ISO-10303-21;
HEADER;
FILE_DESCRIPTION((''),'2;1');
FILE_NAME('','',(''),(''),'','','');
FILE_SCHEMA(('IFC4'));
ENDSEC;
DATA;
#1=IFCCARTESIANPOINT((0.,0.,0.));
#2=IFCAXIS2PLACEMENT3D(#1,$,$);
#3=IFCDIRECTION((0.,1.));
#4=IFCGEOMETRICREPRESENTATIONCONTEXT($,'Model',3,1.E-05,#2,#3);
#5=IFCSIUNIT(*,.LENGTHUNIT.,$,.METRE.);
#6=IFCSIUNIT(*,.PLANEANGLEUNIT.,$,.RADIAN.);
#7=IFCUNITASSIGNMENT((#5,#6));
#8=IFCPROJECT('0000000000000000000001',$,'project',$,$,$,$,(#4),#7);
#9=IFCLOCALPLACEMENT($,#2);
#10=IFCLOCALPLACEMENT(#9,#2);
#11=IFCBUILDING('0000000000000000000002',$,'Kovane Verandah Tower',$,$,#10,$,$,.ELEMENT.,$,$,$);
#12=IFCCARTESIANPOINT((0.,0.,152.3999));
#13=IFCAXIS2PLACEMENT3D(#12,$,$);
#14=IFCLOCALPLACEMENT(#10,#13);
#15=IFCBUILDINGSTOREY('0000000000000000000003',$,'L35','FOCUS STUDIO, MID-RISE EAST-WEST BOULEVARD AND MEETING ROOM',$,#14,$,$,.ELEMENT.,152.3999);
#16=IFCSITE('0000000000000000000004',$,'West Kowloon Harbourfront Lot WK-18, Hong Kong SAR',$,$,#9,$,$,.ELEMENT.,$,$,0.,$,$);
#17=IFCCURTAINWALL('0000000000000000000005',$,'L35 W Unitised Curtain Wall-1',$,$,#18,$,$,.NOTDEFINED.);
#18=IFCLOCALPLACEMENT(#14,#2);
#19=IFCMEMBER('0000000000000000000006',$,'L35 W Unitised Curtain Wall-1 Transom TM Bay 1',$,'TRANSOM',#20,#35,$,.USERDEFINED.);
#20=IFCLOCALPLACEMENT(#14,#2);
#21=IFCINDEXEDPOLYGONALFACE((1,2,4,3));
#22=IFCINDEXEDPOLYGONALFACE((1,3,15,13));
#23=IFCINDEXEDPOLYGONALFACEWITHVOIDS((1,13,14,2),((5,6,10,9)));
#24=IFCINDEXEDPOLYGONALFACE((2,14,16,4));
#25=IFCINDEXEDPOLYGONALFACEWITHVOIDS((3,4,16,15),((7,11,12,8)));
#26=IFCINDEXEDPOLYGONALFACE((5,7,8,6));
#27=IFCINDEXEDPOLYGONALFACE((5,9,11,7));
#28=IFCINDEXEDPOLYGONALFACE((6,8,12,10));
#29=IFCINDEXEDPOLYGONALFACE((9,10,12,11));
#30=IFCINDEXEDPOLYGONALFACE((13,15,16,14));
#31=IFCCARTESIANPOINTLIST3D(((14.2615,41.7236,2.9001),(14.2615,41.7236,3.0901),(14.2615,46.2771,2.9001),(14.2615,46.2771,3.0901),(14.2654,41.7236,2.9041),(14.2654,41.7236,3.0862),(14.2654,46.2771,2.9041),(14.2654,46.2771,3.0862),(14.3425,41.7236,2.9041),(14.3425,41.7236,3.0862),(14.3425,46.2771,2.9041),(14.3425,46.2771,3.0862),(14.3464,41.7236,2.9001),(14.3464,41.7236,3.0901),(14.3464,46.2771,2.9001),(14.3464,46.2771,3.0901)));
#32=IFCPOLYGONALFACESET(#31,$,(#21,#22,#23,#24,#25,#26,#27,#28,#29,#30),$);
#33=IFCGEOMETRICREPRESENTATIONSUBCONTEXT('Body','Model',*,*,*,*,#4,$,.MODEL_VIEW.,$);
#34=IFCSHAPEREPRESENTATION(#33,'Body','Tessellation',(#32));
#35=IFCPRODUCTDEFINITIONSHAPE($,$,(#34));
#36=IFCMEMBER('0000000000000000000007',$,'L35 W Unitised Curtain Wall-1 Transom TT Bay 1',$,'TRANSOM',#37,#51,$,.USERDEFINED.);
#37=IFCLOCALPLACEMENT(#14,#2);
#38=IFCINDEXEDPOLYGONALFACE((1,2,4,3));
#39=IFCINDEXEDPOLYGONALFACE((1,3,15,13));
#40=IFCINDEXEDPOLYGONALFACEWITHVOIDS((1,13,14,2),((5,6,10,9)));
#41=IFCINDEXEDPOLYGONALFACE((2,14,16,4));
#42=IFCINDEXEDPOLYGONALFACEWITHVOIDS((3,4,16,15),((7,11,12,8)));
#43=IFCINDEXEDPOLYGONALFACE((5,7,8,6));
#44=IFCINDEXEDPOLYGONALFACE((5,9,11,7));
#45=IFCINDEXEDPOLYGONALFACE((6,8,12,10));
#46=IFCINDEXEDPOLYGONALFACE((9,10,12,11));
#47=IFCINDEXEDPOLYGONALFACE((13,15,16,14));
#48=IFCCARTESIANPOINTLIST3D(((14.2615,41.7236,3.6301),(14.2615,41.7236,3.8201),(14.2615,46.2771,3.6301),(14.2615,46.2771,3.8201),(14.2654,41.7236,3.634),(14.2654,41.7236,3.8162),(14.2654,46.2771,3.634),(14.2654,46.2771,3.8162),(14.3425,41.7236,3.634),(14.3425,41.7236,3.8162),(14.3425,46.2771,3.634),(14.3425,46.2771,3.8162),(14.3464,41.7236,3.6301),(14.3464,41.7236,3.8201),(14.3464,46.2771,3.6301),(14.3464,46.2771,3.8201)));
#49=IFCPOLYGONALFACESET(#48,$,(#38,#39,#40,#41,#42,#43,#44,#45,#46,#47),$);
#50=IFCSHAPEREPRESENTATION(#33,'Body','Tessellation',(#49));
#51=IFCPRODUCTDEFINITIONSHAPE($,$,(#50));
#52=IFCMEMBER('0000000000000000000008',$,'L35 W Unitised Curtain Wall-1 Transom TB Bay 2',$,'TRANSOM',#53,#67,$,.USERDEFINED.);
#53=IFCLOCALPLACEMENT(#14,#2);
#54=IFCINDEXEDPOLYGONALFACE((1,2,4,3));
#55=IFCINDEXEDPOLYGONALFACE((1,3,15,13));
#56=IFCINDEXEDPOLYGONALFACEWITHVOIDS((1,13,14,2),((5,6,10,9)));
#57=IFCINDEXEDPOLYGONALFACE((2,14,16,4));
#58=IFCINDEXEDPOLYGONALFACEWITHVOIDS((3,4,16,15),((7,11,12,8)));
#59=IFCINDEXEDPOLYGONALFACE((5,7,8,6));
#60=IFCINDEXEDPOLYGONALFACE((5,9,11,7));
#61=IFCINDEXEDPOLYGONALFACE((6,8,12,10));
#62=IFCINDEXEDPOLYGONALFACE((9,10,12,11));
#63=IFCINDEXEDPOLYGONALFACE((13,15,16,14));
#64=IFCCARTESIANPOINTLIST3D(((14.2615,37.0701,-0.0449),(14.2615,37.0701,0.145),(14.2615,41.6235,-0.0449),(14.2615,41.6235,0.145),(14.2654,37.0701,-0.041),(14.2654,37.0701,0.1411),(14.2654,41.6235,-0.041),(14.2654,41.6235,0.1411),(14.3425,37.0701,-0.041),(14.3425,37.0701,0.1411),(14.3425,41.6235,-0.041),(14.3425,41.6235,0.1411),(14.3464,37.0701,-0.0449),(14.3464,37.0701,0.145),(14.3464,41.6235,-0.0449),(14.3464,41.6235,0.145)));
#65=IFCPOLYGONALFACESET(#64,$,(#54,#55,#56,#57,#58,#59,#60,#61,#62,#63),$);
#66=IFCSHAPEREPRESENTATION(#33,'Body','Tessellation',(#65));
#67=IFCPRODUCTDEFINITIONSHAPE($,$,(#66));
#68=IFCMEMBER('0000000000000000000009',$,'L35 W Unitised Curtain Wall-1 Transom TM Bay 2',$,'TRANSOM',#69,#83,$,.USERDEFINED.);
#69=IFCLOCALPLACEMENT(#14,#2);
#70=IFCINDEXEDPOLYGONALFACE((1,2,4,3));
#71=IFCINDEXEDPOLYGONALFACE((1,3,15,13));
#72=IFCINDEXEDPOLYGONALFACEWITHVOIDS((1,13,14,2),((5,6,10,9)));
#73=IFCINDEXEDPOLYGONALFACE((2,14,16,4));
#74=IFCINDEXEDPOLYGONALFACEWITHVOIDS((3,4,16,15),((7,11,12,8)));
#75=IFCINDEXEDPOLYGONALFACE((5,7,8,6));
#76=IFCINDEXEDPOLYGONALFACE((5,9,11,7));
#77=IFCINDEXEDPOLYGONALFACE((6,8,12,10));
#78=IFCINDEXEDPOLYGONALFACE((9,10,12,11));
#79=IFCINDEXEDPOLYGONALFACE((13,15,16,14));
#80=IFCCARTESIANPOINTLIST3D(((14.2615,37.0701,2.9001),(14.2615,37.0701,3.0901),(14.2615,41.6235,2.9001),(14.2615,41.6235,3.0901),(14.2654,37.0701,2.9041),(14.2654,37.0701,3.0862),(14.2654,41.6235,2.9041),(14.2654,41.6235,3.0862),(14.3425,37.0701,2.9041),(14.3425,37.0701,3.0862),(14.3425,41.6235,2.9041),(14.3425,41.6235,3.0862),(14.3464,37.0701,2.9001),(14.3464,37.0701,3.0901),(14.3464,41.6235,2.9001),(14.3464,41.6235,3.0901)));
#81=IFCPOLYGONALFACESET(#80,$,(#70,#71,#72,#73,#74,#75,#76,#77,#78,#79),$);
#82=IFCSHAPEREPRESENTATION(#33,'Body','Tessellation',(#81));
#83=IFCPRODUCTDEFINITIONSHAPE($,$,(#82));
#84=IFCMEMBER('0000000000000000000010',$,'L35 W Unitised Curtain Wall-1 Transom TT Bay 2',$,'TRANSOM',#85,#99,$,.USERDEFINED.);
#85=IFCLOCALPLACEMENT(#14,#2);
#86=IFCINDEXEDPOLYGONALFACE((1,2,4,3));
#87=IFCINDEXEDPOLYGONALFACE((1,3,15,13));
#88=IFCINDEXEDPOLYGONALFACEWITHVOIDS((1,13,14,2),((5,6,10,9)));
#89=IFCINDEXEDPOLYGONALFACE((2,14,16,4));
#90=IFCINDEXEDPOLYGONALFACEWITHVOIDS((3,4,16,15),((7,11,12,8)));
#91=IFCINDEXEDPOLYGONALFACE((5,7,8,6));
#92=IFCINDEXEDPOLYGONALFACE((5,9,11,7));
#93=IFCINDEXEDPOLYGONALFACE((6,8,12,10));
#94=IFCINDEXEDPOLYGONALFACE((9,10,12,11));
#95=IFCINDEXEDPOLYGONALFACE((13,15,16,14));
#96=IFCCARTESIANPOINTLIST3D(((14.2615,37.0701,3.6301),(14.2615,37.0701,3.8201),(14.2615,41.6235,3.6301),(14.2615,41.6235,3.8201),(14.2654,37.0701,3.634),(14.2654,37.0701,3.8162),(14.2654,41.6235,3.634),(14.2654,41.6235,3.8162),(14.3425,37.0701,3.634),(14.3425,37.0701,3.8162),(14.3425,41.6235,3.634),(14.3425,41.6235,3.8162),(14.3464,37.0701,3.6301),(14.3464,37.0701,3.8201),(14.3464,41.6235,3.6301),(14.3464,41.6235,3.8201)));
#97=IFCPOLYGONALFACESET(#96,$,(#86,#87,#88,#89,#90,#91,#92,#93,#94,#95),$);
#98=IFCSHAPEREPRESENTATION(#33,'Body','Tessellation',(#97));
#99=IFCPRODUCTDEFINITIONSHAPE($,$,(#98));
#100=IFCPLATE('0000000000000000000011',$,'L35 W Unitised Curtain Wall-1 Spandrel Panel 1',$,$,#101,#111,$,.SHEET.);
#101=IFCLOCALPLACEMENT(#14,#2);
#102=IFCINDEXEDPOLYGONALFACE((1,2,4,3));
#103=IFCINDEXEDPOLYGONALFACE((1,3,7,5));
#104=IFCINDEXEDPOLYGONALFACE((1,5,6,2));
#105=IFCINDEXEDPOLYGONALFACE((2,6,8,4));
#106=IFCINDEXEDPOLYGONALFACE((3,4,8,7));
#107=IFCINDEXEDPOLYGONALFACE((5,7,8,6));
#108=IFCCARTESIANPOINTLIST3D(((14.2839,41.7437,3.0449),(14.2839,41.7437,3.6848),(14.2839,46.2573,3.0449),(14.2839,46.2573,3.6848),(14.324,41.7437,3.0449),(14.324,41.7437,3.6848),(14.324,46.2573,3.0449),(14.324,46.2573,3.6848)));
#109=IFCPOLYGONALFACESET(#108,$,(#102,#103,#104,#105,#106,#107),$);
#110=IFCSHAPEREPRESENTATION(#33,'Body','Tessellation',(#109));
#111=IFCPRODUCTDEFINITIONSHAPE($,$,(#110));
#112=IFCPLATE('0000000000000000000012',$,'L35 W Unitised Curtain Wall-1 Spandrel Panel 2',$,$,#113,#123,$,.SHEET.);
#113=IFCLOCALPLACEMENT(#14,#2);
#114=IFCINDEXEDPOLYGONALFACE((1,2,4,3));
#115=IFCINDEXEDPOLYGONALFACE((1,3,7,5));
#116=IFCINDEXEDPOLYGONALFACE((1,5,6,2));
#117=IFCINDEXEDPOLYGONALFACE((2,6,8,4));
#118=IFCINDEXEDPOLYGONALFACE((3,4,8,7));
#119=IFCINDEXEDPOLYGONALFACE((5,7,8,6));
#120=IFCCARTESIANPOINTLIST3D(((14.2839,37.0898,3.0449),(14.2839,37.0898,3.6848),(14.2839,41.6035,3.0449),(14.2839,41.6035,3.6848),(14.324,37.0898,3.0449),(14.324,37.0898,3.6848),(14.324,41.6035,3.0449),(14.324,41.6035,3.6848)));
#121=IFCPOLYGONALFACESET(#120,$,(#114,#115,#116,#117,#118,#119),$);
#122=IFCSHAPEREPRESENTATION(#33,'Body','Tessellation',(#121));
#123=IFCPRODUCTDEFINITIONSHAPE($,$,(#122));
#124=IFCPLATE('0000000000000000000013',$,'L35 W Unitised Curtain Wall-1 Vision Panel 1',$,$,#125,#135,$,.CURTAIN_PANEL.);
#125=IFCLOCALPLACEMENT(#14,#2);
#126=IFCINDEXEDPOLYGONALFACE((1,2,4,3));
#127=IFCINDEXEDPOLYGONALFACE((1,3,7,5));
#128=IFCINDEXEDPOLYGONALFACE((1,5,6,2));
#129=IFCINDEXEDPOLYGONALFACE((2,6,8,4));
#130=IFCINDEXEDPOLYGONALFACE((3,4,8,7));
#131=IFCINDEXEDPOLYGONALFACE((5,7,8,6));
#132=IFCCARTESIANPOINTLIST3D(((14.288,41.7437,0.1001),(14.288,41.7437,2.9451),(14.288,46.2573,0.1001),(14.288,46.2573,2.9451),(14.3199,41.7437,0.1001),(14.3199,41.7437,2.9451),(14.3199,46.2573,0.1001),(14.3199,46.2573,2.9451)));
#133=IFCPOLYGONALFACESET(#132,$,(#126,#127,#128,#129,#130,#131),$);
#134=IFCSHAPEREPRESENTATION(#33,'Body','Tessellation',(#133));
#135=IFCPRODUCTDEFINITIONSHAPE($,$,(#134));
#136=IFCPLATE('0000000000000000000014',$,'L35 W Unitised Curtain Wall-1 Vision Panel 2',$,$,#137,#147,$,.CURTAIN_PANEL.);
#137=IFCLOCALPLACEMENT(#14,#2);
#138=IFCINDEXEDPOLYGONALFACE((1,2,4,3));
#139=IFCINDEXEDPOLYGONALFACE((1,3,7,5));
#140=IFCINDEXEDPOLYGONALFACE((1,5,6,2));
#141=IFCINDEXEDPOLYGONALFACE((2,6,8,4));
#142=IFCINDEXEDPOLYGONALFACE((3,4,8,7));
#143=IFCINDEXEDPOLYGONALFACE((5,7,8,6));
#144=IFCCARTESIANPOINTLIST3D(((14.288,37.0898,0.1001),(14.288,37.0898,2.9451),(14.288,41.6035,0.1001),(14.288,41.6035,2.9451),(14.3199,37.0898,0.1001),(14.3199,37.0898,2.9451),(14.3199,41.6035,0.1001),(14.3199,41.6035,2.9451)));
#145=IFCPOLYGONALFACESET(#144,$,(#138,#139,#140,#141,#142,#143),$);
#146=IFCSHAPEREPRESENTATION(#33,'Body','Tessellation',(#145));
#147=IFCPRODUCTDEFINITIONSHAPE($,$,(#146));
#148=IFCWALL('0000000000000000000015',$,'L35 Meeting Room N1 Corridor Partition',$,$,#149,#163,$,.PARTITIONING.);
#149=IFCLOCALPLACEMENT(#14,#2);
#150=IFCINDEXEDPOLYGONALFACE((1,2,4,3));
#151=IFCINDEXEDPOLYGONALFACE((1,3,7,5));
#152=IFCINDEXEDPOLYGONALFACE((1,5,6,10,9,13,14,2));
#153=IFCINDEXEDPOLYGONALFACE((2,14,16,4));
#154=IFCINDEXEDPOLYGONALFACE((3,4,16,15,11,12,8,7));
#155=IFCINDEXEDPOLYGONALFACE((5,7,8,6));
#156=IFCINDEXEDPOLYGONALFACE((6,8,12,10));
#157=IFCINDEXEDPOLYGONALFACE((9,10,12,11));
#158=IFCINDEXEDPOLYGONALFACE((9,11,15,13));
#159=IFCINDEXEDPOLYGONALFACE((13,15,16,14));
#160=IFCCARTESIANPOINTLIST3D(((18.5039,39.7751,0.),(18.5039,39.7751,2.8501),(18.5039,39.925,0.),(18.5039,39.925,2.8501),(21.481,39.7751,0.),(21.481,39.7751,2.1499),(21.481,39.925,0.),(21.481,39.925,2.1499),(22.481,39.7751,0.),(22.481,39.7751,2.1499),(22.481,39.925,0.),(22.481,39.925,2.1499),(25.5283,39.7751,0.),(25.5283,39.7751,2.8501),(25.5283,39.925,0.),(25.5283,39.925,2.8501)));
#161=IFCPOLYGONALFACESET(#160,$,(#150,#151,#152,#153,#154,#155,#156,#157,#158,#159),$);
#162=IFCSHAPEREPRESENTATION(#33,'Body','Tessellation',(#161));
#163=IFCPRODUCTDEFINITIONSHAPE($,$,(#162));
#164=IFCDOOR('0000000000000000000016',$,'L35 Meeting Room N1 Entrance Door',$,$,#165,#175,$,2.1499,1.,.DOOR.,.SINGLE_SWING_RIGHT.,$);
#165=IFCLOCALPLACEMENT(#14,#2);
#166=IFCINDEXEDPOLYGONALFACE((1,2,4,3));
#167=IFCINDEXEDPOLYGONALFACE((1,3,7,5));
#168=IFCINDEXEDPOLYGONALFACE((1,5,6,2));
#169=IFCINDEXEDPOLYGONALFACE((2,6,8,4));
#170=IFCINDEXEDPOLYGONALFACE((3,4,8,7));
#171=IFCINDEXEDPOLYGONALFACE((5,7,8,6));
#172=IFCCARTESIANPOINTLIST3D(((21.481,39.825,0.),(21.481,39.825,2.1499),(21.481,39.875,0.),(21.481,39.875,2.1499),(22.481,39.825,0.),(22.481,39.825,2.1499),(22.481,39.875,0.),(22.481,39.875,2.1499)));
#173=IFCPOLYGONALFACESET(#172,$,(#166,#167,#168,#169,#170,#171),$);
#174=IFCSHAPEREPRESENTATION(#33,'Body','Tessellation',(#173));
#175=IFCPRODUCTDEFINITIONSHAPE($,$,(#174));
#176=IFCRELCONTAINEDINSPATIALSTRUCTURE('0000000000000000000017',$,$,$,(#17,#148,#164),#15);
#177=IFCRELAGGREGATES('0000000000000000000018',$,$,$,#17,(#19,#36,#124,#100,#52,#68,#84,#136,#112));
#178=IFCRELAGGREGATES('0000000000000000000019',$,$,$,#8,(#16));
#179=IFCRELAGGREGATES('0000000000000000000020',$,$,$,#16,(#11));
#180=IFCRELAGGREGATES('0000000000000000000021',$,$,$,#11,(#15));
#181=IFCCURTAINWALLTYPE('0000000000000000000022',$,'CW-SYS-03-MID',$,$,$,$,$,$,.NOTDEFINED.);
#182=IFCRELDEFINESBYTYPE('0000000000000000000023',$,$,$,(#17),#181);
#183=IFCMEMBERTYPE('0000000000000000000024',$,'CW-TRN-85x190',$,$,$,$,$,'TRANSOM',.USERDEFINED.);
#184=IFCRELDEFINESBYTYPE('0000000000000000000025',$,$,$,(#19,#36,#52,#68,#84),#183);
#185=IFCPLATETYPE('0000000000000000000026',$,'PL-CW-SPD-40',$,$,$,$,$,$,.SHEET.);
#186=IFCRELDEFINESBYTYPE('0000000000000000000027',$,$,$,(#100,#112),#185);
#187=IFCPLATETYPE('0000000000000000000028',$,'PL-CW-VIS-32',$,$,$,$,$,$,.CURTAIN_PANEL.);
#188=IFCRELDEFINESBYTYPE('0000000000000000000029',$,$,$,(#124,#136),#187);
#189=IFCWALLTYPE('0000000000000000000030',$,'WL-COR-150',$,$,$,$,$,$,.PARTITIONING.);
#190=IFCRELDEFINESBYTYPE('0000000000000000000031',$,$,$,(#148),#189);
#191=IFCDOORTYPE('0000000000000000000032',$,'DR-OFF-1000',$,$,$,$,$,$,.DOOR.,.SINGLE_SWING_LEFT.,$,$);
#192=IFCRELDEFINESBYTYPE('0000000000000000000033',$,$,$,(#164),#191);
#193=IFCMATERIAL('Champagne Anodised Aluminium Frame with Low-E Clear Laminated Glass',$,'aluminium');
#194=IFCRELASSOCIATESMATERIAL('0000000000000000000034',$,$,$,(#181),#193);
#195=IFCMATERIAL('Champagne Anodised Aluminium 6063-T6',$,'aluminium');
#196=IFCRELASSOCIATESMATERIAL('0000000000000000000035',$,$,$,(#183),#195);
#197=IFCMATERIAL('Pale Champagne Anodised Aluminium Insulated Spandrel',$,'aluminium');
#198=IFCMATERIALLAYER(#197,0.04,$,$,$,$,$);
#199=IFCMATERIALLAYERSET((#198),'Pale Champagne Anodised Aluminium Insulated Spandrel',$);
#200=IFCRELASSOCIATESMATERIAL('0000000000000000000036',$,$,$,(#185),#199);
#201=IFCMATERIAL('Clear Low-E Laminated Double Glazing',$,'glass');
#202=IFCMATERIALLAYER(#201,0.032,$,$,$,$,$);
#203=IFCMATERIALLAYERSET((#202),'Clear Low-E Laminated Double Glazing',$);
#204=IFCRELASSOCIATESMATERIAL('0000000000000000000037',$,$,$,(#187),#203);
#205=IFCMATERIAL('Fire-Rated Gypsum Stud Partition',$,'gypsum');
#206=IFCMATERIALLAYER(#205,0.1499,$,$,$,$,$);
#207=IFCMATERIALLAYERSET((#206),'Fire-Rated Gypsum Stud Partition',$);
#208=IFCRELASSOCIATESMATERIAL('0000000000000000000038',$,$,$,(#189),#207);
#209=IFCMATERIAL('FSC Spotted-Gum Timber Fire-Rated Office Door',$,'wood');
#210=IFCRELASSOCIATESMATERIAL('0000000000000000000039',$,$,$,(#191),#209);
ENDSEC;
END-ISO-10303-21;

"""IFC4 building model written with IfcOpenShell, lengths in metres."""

from ifc_helpers import new_model, si_unit, direction, frame, frame_2d, origin, origin_2d, place, context, subcontext, project, spatial, rectangle, hollow_rectangle, extrude, material, layer, layer_set, material_profile, profile_set, type_object, element, fill, aggregate, save


model = new_model("IFC4")

# Units and contexts
model_context = context("Model", 3, precision=1e-05, world=origin(), true_north=direction((0.0, 1.0)))
body_context = subcontext(model_context, "Body", "Model", "MODEL_VIEW")
ifc_project = project(units=[si_unit("LENGTHUNIT", "METRE"), si_unit("PLANEANGLEUNIT", "RADIAN")], contexts=[model_context])

# Site, building, storey
site_placement = place(None, origin())
site = spatial("IfcSite", under=ifc_project, at=site_placement, Name="West Kowloon Harbourfront Lot WK-18, Hong Kong SAR", CompositionType="ELEMENT", RefElevation=0.0)
building_placement = place(site_placement, origin())
building = spatial("IfcBuilding", under=site, at=building_placement, Name="Kovane Verandah Tower", CompositionType="ELEMENT")
storey_placement = place(building_placement, frame((0.0, 0.0, 152.3999)))
storey = spatial("IfcBuildingStorey", under=building, at=storey_placement, Name="L35", Description="FOCUS STUDIO, MID-RISE EAST-WEST BOULEVARD AND MEETING ROOM", CompositionType="ELEMENT", Elevation=152.3999)

# Curtain wall, members, plates
ifc_material_1 = material(Name="Champagne Anodised Aluminium Frame with Low-E Clear Laminated Glass", Category="aluminium")
curtain_wall_type = type_object("IfcCurtainWallType", Name="CW-SYS-03-MID", PredefinedType="NOTDEFINED", material=ifc_material_1)
curtain_wall_placement = place(storey_placement, origin())
curtain_wall = element("IfcCurtainWall", 1, at=curtain_wall_placement, inside=storey, type_object=curtain_wall_type, Name="L35 W Unitised Curtain Wall-1", PredefinedType="NOTDEFINED")
ifc_material_2 = material(Name="Champagne Anodised Aluminium 6063-T6", Category="aluminium")
ifc_material_profile_1 = material_profile(ifc_material_2, hollow_rectangle(XDim=0.085, YDim=0.1899, WallThickness=0.0039, at=origin_2d()), Name="AL85x190x4")
ifc_profile_set_1 = profile_set([ifc_material_profile_1], Name="Champagne Anodised Aluminium 6063-T6")
member_type_1 = type_object("IfcMemberType", Name="CW-TRN-85x190", ElementType="TRANSOM", PredefinedType="USERDEFINED", material=ifc_profile_set_1)
member_1_placement = place(storey_placement, frame((14.304, 46.2771, 2.9951), z_axis=(0.0, -1.0, 0.0), x_axis=(1.0, 0.0, 0.0)))
member_1 = element("IfcMember", 2, at=member_1_placement, type_object=member_type_1, Name="L35 W Unitised Curtain Wall-1 Transom TM Bay 1", ObjectType="TRANSOM", PredefinedType="USERDEFINED", context=body_context, shape_type="SweptSolid", body=[
    extrude(hollow_rectangle(XDim=0.085, YDim=0.1899, WallThickness=0.0039, at=origin_2d()), origin(), (0.0, 0.0, 1.0), 4.5535),
])
member_2_placement = place(storey_placement, frame((14.304, 46.2771, 3.7251), z_axis=(0.0, -1.0, 0.0), x_axis=(1.0, 0.0, 0.0)))
member_2 = element("IfcMember", 3, at=member_2_placement, type_object=member_type_1, Name="L35 W Unitised Curtain Wall-1 Transom TT Bay 1", ObjectType="TRANSOM", PredefinedType="USERDEFINED", context=body_context, shape_type="SweptSolid", body=[
    extrude(hollow_rectangle(XDim=0.085, YDim=0.1899, WallThickness=0.0039, at=origin_2d()), origin(), (0.0, 0.0, 1.0), 4.5535),
])
member_3_placement = place(storey_placement, frame((14.304, 41.6235, 0.05), z_axis=(0.0, -1.0, 0.0), x_axis=(1.0, 0.0, 0.0)))
member_3 = element("IfcMember", 4, at=member_3_placement, type_object=member_type_1, Name="L35 W Unitised Curtain Wall-1 Transom TB Bay 2", ObjectType="TRANSOM", PredefinedType="USERDEFINED", context=body_context, shape_type="SweptSolid", body=[
    extrude(hollow_rectangle(XDim=0.085, YDim=0.1899, WallThickness=0.0039, at=origin_2d()), origin(), (0.0, 0.0, 1.0), 4.5535),
])
member_4_placement = place(storey_placement, frame((14.304, 41.6235, 2.9951), z_axis=(0.0, -1.0, 0.0), x_axis=(1.0, 0.0, 0.0)))
member_4 = element("IfcMember", 5, at=member_4_placement, type_object=member_type_1, Name="L35 W Unitised Curtain Wall-1 Transom TM Bay 2", ObjectType="TRANSOM", PredefinedType="USERDEFINED", context=body_context, shape_type="SweptSolid", body=[
    extrude(hollow_rectangle(XDim=0.085, YDim=0.1899, WallThickness=0.0039, at=origin_2d()), origin(), (0.0, 0.0, 1.0), 4.5535),
])
member_5_placement = place(storey_placement, frame((14.304, 41.6235, 3.7251), z_axis=(0.0, -1.0, 0.0), x_axis=(1.0, 0.0, 0.0)))
member_5 = element("IfcMember", 6, at=member_5_placement, type_object=member_type_1, Name="L35 W Unitised Curtain Wall-1 Transom TT Bay 2", ObjectType="TRANSOM", PredefinedType="USERDEFINED", context=body_context, shape_type="SweptSolid", body=[
    extrude(hollow_rectangle(XDim=0.085, YDim=0.1899, WallThickness=0.0039, at=origin_2d()), origin(), (0.0, 0.0, 1.0), 4.5535),
])
ifc_material_3 = material(Name="Pale Champagne Anodised Aluminium Insulated Spandrel", Category="aluminium")
ifc_layer_1 = layer(ifc_material_3, 0.04)
ifc_layer_set_1 = layer_set([ifc_layer_1], Name="Pale Champagne Anodised Aluminium Insulated Spandrel")
plate_type_1 = type_object("IfcPlateType", Name="PL-CW-SPD-40", PredefinedType="SHEET", material=ifc_layer_set_1)
plate_1_placement = place(storey_placement, frame((14.304, 44.0005, 3.0449), z_axis=(0.0, 0.0, 1.0), x_axis=(0.0, -1.0, 0.0)))
plate_1 = element("IfcPlate", 7, at=plate_1_placement, type_object=plate_type_1, Name="L35 W Unitised Curtain Wall-1 Spandrel Panel 1", PredefinedType="SHEET", context=body_context, shape_type="SweptSolid", body=[
    extrude(rectangle(XDim=4.5137, YDim=0.04, at=origin_2d()), origin(), (0.0, 0.0, 1.0), 0.6399),
])
plate_2_placement = place(storey_placement, frame((14.304, 39.3467, 3.0449), z_axis=(0.0, 0.0, 1.0), x_axis=(0.0, -1.0, 0.0)))
plate_2 = element("IfcPlate", 8, at=plate_2_placement, type_object=plate_type_1, Name="L35 W Unitised Curtain Wall-1 Spandrel Panel 2", PredefinedType="SHEET", context=body_context, shape_type="SweptSolid", body=[
    extrude(rectangle(XDim=4.5137, YDim=0.04, at=origin_2d()), origin(), (0.0, 0.0, 1.0), 0.6399),
])
ifc_material_4 = material(Name="Clear Low-E Laminated Double Glazing", Category="glass")
ifc_layer_2 = layer(ifc_material_4, 0.032)
ifc_layer_set_2 = layer_set([ifc_layer_2], Name="Clear Low-E Laminated Double Glazing")
plate_type_2 = type_object("IfcPlateType", Name="PL-CW-VIS-32", PredefinedType="CURTAIN_PANEL", material=ifc_layer_set_2)
plate_3_placement = place(storey_placement, frame((14.304, 44.0005, 0.1001), z_axis=(0.0, 0.0, 1.0), x_axis=(0.0, -1.0, 0.0)))
plate_3 = element("IfcPlate", 9, at=plate_3_placement, type_object=plate_type_2, Name="L35 W Unitised Curtain Wall-1 Vision Panel 1", PredefinedType="CURTAIN_PANEL", context=body_context, shape_type="SweptSolid", body=[
    extrude(rectangle(XDim=4.5137, YDim=0.032, at=origin_2d()), origin(), (0.0, 0.0, 1.0), 2.845),
])
plate_4_placement = place(storey_placement, frame((14.304, 39.3467, 0.1001), z_axis=(0.0, 0.0, 1.0), x_axis=(0.0, -1.0, 0.0)))
plate_4 = element("IfcPlate", 10, at=plate_4_placement, type_object=plate_type_2, Name="L35 W Unitised Curtain Wall-1 Vision Panel 2", PredefinedType="CURTAIN_PANEL", context=body_context, shape_type="SweptSolid", body=[
    extrude(rectangle(XDim=4.5137, YDim=0.032, at=origin_2d()), origin(), (0.0, 0.0, 1.0), 2.845),
])
aggregate(curtain_wall, [member_1, member_2, plate_3, plate_1, member_3, member_4, member_5, plate_4, plate_2])

# Wall, opening, door
ifc_material_5 = material(Name="Fire-Rated Gypsum Stud Partition", Category="gypsum")
ifc_layer_3 = layer(ifc_material_5, 0.1499)
ifc_layer_set_3 = layer_set([ifc_layer_3], Name="Fire-Rated Gypsum Stud Partition")
wall_type_1 = type_object("IfcWallType", Name="WL-COR-150", PredefinedType="PARTITIONING", material=ifc_layer_set_3)
wall_1_placement = place(storey_placement, frame((18.5039, 39.8501, 0.0), z_axis=(0.0, 0.0, 1.0), x_axis=(1.0, 0.0, 0.0)))
wall_1 = element("IfcWall", 11, at=wall_1_placement, inside=storey, type_object=wall_type_1, Name="L35 Meeting Room N1 Corridor Partition", PredefinedType="PARTITIONING", context=body_context, shape_type="SweptSolid", body=[
    extrude(rectangle(XDim=7.0244, YDim=0.1499, at=frame_2d((3.5122, 0.0))), origin(), (0.0, 0.0, 1.0), 2.8501),
])
opening_1_placement = place(wall_1_placement, frame((2.9771, 0.0, 0.0)))
opening_1 = element("IfcOpeningElement", 12, at=opening_1_placement, cuts=wall_1, PredefinedType="OPENING", context=body_context, shape_type="SweptSolid", body=[
    extrude(rectangle(XDim=1.0, YDim=2.1499, at=frame_2d((0.5, 1.075))), frame((0.0, 0.075, 0.0), z_axis=(0.0, -1.0, 0.0), x_axis=(1.0, 0.0, 0.0)), (0.0, 0.0, 1.0), 0.1499),
])
ifc_material_6 = material(Name="FSC Spotted-Gum Timber Fire-Rated Office Door", Category="wood")
door_type = type_object("IfcDoorType", Name="DR-OFF-1000", OperationType="SINGLE_SWING_LEFT", PredefinedType="DOOR", material=ifc_material_6)
door_placement = place(opening_1_placement, origin())
door = element("IfcDoor", 13, at=door_placement, inside=storey, type_object=door_type, Name="L35 Meeting Room N1 Entrance Door", OperationType="SINGLE_SWING_RIGHT", OverallHeight=2.1499, OverallWidth=1.0, PredefinedType="DOOR", context=body_context, shape_type="SweptSolid", body=[
    extrude(rectangle(XDim=1.0, YDim=2.1499, at=frame_2d((0.5, 1.075))), frame((0.0, 0.0249, 0.0), z_axis=(0.0, -1.0, 0.0), x_axis=(1.0, 0.0, 0.0)), (0.0, 0.0, 1.0), 0.05),
])
fill(opening_1, door)

save(model, "model.ifc")
